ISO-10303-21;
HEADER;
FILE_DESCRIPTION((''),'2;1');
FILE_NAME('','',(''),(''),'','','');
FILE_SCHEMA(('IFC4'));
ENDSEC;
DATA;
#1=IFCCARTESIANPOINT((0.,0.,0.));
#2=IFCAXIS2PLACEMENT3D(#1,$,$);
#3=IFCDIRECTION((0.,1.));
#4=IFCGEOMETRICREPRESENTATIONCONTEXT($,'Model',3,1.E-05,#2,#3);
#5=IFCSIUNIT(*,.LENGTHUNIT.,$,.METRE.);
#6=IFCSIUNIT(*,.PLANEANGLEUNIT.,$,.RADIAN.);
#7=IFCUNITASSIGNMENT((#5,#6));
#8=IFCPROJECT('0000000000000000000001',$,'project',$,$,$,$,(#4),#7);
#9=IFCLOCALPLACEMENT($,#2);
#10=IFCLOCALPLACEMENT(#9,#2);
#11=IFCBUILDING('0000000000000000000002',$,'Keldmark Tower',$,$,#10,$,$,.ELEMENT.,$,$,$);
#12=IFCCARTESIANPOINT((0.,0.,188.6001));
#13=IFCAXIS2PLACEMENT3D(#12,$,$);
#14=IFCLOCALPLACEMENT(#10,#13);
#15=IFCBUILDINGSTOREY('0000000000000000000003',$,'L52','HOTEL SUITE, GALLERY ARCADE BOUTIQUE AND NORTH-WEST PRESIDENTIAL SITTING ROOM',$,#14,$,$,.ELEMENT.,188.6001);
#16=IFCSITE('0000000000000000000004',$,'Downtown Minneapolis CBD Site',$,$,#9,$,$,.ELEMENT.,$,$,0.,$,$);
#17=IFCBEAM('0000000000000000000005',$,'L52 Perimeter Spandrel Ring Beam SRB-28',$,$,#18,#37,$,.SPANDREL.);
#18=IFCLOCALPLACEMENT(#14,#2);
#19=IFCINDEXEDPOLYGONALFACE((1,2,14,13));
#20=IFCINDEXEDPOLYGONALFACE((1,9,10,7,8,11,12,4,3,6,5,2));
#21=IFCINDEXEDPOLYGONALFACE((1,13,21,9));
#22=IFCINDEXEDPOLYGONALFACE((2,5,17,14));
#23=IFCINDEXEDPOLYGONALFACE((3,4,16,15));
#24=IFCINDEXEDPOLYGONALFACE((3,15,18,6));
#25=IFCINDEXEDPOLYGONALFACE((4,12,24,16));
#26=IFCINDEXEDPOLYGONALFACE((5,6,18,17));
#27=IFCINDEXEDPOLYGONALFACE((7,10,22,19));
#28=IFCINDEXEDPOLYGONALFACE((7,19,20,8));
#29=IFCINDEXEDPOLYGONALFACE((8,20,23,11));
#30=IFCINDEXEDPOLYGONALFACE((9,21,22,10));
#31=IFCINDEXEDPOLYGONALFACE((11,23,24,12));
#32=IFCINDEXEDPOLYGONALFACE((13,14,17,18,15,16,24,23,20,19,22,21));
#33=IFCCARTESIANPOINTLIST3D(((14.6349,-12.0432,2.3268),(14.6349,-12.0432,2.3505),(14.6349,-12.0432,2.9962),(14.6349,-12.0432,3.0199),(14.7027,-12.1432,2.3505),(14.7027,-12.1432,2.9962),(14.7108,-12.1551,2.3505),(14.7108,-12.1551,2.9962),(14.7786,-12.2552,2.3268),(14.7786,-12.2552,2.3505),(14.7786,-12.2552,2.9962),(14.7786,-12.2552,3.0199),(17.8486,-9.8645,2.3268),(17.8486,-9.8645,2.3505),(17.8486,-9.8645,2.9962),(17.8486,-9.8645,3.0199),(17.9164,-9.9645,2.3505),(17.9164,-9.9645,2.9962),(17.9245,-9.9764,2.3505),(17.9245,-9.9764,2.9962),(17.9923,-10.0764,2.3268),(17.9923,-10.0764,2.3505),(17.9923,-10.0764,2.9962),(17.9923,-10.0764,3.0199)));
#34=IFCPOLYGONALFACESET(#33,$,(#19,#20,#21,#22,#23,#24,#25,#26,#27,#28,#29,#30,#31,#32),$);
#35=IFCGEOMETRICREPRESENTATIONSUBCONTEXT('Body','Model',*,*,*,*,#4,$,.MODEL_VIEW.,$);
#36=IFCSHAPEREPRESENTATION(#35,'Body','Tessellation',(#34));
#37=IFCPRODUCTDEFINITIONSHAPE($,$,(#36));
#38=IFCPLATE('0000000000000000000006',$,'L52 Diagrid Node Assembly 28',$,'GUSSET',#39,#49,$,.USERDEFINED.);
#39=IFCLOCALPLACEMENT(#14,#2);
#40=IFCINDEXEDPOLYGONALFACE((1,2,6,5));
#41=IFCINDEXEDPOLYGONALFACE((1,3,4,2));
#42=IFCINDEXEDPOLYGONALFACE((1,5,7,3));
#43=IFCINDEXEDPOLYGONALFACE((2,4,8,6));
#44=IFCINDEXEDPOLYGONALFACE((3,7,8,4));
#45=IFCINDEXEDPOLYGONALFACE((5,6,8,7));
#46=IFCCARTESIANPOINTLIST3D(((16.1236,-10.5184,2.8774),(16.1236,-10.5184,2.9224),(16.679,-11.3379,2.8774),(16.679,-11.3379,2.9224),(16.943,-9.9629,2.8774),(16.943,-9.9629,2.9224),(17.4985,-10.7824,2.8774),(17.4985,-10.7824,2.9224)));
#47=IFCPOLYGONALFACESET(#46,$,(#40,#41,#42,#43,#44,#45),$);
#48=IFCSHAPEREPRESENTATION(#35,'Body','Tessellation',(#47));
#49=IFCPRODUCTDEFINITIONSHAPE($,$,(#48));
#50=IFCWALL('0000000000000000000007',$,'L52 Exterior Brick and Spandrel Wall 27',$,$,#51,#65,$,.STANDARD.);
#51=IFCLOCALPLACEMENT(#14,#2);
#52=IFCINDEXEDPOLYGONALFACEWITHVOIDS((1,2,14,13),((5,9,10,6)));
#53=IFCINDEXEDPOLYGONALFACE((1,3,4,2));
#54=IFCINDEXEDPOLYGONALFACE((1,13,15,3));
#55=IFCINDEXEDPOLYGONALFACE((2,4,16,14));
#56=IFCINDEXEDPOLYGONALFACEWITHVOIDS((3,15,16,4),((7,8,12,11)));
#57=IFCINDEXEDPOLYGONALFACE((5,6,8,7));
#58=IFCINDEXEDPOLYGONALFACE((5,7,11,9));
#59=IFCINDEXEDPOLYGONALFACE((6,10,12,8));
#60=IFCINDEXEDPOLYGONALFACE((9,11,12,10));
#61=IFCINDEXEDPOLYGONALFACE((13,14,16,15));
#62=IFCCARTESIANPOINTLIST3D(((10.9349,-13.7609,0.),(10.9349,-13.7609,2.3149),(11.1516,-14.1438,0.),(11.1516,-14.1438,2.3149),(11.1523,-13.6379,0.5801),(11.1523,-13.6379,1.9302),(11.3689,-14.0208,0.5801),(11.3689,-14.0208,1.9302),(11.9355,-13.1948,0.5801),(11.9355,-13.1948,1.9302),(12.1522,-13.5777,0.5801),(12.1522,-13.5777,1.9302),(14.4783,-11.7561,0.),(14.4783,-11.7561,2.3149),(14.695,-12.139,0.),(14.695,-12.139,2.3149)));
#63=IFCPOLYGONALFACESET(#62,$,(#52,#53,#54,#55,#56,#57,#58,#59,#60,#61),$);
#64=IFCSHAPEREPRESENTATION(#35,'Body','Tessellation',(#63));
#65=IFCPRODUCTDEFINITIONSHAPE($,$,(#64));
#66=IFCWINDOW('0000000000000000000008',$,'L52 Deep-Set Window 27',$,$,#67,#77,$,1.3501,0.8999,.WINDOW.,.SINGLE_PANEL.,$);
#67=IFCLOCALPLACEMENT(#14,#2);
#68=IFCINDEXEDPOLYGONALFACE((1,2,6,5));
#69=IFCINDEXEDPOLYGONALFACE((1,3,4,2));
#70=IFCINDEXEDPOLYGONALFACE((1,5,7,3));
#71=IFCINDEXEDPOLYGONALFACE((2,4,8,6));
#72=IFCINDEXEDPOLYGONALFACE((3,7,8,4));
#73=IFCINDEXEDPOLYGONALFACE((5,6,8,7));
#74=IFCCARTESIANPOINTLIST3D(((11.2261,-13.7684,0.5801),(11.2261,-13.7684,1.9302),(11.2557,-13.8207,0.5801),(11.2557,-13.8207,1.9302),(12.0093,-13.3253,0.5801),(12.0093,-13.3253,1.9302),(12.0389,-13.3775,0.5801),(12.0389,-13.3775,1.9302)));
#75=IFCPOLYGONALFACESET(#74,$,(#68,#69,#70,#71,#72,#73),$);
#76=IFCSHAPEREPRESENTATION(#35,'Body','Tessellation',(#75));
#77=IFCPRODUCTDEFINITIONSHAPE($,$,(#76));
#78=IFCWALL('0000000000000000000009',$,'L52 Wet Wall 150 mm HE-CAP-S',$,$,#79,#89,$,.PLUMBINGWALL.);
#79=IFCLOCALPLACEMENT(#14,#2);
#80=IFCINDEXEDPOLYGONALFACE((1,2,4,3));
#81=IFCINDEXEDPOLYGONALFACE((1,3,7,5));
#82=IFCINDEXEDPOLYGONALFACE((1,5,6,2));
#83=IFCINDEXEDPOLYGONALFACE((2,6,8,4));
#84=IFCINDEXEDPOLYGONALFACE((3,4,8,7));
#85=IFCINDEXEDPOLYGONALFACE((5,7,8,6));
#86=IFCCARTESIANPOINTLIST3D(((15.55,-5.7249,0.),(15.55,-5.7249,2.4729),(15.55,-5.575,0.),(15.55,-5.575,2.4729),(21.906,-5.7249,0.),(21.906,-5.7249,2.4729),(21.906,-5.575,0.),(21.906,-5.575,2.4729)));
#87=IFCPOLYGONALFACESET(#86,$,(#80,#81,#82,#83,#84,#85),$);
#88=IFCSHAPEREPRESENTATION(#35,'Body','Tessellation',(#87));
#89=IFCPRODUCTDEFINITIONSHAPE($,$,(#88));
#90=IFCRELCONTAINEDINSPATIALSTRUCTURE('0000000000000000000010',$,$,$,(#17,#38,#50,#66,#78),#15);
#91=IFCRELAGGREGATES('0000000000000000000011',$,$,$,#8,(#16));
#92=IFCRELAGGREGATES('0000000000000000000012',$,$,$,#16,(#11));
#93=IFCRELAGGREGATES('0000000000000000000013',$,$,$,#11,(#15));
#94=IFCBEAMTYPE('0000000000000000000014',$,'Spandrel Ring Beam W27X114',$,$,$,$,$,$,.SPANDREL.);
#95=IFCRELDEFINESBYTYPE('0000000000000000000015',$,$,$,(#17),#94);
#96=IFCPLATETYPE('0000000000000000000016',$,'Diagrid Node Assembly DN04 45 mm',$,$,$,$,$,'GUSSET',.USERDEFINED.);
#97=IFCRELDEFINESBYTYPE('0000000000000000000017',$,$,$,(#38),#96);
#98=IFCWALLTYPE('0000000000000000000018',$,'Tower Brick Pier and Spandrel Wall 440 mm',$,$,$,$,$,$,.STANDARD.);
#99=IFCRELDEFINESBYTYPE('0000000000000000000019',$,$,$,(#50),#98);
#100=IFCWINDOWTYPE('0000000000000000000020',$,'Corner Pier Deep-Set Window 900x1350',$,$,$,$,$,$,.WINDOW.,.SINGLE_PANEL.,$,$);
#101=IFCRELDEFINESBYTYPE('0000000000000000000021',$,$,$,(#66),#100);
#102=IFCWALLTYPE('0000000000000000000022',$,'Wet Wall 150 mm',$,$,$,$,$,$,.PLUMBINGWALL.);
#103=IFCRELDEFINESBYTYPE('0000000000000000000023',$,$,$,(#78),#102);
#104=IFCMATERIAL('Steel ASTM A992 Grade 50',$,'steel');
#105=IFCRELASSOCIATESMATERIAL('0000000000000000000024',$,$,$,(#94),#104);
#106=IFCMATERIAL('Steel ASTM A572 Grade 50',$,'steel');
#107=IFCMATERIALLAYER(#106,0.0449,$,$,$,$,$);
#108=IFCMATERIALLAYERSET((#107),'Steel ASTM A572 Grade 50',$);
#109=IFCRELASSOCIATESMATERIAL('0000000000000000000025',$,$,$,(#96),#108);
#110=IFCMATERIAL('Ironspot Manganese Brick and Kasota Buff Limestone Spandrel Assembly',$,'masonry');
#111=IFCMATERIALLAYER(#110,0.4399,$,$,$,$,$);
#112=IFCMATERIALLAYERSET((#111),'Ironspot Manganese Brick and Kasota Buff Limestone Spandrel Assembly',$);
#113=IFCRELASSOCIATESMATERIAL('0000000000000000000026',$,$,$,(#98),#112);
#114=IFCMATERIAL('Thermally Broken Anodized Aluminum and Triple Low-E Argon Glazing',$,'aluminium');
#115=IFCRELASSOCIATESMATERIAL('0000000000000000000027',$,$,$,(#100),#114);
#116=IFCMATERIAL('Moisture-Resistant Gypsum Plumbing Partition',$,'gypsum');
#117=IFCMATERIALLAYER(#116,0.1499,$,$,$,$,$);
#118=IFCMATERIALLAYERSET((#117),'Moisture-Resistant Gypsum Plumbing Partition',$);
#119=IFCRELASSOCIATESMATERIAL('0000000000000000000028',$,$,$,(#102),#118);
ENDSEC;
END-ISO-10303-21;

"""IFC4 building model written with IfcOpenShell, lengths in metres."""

from ifc_helpers import new_model, si_unit, direction, frame, frame_2d, origin, origin_2d, place, context, subcontext, project, spatial, rectangle, i_section, extrude, material, layer, layer_set, material_profile, profile_set, type_object, element, fill, save


model = new_model("IFC4")

# Units and contexts
model_context = context("Model", 3, precision=1e-05, world=origin(), true_north=direction((0.0, 1.0)))
body_context = subcontext(model_context, "Body", "Model", "MODEL_VIEW")
ifc_project = project(units=[si_unit("LENGTHUNIT", "METRE"), si_unit("PLANEANGLEUNIT", "RADIAN")], contexts=[model_context])

# Site, building, storey
site_placement = place(None, origin())
site = spatial("IfcSite", under=ifc_project, at=site_placement, Name="Downtown Minneapolis CBD Site", CompositionType="ELEMENT", RefElevation=0.0)
building_placement = place(site_placement, origin())
building = spatial("IfcBuilding", under=site, at=building_placement, Name="Keldmark Tower", CompositionType="ELEMENT")
storey_placement = place(building_placement, frame((0.0, 0.0, 188.6001)))
storey = spatial("IfcBuildingStorey", under=building, at=storey_placement, Name="L52", Description="HOTEL SUITE, GALLERY ARCADE BOUTIQUE AND NORTH-WEST PRESIDENTIAL SITTING ROOM", CompositionType="ELEMENT", Elevation=188.6001)

# Beam
ifc_material_1 = material(Name="Steel ASTM A992 Grade 50", Category="steel")
ifc_material_profile_1 = material_profile(ifc_material_1, i_section(OverallWidth=0.2561, OverallDepth=0.6931, WebThickness=0.0144, FlangeThickness=0.0237, at=origin_2d()), Name="W27X114")
ifc_profile_set_1 = profile_set([ifc_material_profile_1], Name="Steel ASTM A992 Grade 50")
beam_type_1 = type_object("IfcBeamType", Name="Spandrel Ring Beam W27X114", PredefinedType="SPANDREL", material=ifc_profile_set_1)
beam_1_placement = place(storey_placement, frame((14.7068, -12.1492, 2.6733), z_axis=(0.82771, 0.561155, 0.0), x_axis=(-0.561155, 0.82771, 0.0)))
element("IfcBeam", 1, at=beam_1_placement, inside=storey, type_object=beam_type_1, Name="L52 Perimeter Spandrel Ring Beam SRB-28", PredefinedType="SPANDREL", context=body_context, shape_type="SweptSolid", body=[
    extrude(i_section(OverallWidth=0.2561, OverallDepth=0.6931, WebThickness=0.0144, FlangeThickness=0.0237, at=origin_2d()), origin(), (0.0, 0.0, 1.0), 3.8826),
])

# Plate
ifc_material_2 = material(Name="Steel ASTM A572 Grade 50", Category="steel")
ifc_layer_1 = layer(ifc_material_2, 0.0449)
ifc_layer_set_1 = layer_set([ifc_layer_1], Name="Steel ASTM A572 Grade 50")
plate_type = type_object("IfcPlateType", Name="Diagrid Node Assembly DN04 45 mm", ElementType="GUSSET", PredefinedType="USERDEFINED", material=ifc_layer_set_1)
plate_placement = place(storey_placement, frame((16.811, -10.6504, 2.8774), z_axis=(0.0, 0.0, 1.0), x_axis=(0.827767, 0.561072, 0.0)))
element("IfcPlate", 2, at=plate_placement, inside=storey, type_object=plate_type, Name="L52 Diagrid Node Assembly 28", ObjectType="GUSSET", PredefinedType="USERDEFINED", context=body_context, shape_type="SweptSolid", body=[
    extrude(rectangle(XDim=0.99, YDim=0.99, at=origin_2d()), origin(), (0.0, 0.0, 1.0), 0.0449),
])

# Wall, opening, window
ifc_material_3 = material(Name="Ironspot Manganese Brick and Kasota Buff Limestone Spandrel Assembly", Category="masonry")
ifc_layer_2 = layer(ifc_material_3, 0.4399)
ifc_layer_set_2 = layer_set([ifc_layer_2], Name="Ironspot Manganese Brick and Kasota Buff Limestone Spandrel Assembly")
wall_type_1 = type_object("IfcWallType", Name="Tower Brick Pier and Spandrel Wall 440 mm", PredefinedType="STANDARD", material=ifc_layer_set_2)
wall_1_placement = place(storey_placement, frame((14.5867, -11.9475, 0.0), z_axis=(0.0, 0.0, 1.0), x_axis=(-0.870346, -0.492441, 0.0)))
wall_1 = element("IfcWall", 3, at=wall_1_placement, inside=storey, type_object=wall_type_1, Name="L52 Exterior Brick and Spandrel Wall 27", PredefinedType="STANDARD", context=body_context, shape_type="SweptSolid", body=[
    extrude(rectangle(XDim=4.0713, YDim=0.4399, at=frame_2d((2.0356, 0.0))), origin(), (0.0, 0.0, 1.0), 2.3149),
])
opening_1_placement = place(wall_1_placement, frame((2.9216, 0.0, 0.5801)))
opening_1 = element("IfcOpeningElement", 4, at=opening_1_placement, cuts=wall_1, PredefinedType="OPENING", context=body_context, shape_type="SweptSolid", body=[
    extrude(rectangle(XDim=0.8999, YDim=1.3501, at=frame_2d((0.45, 0.675))), frame((0.0, 0.23, 0.0), z_axis=(0.0, -1.0, 0.0), x_axis=(1.0, 0.0, 0.0)), (0.0, 0.0, 1.0), 0.46),
])
ifc_material_4 = material(Name="Thermally Broken Anodized Aluminum and Triple Low-E Argon Glazing", Category="aluminium")
window_type = type_object("IfcWindowType", Name="Corner Pier Deep-Set Window 900x1350", PartitioningType="SINGLE_PANEL", PredefinedType="WINDOW", material=ifc_material_4)
window_placement = place(opening_1_placement, origin())
window = element("IfcWindow", 5, at=window_placement, inside=storey, type_object=window_type, Name="L52 Deep-Set Window 27", OverallHeight=1.3501, OverallWidth=0.8999, PartitioningType="SINGLE_PANEL", PredefinedType="WINDOW", context=body_context, shape_type="SweptSolid", body=[
    extrude(rectangle(XDim=0.8999, YDim=1.3501, at=frame_2d((0.45, 0.675))), frame((0.0, -0.01, 0.0), z_axis=(0.0, -1.0, 0.0), x_axis=(1.0, 0.0, 0.0)), (0.0, 0.0, 1.0), 0.0601),
])
fill(opening_1, window)

# Wall
ifc_material_5 = material(Name="Moisture-Resistant Gypsum Plumbing Partition", Category="gypsum")
ifc_layer_3 = layer(ifc_material_5, 0.1499)
ifc_layer_set_3 = layer_set([ifc_layer_3], Name="Moisture-Resistant Gypsum Plumbing Partition")
wall_type_2 = type_object("IfcWallType", Name="Wet Wall 150 mm", PredefinedType="PLUMBINGWALL", material=ifc_layer_set_3)
wall_2_placement = place(storey_placement, frame((15.55, -5.6499, 0.0), z_axis=(0.0, 0.0, 1.0), x_axis=(1.0, 0.0, 0.0)))
element("IfcWall", 6, at=wall_2_placement, inside=storey, type_object=wall_type_2, Name="L52 Wet Wall 150 mm HE-CAP-S", PredefinedType="PLUMBINGWALL", context=body_context, shape_type="SweptSolid", body=[
    extrude(rectangle(XDim=6.356, YDim=0.1499, at=frame_2d((3.178, 0.0))), origin(), (0.0, 0.0, 1.0), 2.4729),
])

save(model, "model.ifc")
